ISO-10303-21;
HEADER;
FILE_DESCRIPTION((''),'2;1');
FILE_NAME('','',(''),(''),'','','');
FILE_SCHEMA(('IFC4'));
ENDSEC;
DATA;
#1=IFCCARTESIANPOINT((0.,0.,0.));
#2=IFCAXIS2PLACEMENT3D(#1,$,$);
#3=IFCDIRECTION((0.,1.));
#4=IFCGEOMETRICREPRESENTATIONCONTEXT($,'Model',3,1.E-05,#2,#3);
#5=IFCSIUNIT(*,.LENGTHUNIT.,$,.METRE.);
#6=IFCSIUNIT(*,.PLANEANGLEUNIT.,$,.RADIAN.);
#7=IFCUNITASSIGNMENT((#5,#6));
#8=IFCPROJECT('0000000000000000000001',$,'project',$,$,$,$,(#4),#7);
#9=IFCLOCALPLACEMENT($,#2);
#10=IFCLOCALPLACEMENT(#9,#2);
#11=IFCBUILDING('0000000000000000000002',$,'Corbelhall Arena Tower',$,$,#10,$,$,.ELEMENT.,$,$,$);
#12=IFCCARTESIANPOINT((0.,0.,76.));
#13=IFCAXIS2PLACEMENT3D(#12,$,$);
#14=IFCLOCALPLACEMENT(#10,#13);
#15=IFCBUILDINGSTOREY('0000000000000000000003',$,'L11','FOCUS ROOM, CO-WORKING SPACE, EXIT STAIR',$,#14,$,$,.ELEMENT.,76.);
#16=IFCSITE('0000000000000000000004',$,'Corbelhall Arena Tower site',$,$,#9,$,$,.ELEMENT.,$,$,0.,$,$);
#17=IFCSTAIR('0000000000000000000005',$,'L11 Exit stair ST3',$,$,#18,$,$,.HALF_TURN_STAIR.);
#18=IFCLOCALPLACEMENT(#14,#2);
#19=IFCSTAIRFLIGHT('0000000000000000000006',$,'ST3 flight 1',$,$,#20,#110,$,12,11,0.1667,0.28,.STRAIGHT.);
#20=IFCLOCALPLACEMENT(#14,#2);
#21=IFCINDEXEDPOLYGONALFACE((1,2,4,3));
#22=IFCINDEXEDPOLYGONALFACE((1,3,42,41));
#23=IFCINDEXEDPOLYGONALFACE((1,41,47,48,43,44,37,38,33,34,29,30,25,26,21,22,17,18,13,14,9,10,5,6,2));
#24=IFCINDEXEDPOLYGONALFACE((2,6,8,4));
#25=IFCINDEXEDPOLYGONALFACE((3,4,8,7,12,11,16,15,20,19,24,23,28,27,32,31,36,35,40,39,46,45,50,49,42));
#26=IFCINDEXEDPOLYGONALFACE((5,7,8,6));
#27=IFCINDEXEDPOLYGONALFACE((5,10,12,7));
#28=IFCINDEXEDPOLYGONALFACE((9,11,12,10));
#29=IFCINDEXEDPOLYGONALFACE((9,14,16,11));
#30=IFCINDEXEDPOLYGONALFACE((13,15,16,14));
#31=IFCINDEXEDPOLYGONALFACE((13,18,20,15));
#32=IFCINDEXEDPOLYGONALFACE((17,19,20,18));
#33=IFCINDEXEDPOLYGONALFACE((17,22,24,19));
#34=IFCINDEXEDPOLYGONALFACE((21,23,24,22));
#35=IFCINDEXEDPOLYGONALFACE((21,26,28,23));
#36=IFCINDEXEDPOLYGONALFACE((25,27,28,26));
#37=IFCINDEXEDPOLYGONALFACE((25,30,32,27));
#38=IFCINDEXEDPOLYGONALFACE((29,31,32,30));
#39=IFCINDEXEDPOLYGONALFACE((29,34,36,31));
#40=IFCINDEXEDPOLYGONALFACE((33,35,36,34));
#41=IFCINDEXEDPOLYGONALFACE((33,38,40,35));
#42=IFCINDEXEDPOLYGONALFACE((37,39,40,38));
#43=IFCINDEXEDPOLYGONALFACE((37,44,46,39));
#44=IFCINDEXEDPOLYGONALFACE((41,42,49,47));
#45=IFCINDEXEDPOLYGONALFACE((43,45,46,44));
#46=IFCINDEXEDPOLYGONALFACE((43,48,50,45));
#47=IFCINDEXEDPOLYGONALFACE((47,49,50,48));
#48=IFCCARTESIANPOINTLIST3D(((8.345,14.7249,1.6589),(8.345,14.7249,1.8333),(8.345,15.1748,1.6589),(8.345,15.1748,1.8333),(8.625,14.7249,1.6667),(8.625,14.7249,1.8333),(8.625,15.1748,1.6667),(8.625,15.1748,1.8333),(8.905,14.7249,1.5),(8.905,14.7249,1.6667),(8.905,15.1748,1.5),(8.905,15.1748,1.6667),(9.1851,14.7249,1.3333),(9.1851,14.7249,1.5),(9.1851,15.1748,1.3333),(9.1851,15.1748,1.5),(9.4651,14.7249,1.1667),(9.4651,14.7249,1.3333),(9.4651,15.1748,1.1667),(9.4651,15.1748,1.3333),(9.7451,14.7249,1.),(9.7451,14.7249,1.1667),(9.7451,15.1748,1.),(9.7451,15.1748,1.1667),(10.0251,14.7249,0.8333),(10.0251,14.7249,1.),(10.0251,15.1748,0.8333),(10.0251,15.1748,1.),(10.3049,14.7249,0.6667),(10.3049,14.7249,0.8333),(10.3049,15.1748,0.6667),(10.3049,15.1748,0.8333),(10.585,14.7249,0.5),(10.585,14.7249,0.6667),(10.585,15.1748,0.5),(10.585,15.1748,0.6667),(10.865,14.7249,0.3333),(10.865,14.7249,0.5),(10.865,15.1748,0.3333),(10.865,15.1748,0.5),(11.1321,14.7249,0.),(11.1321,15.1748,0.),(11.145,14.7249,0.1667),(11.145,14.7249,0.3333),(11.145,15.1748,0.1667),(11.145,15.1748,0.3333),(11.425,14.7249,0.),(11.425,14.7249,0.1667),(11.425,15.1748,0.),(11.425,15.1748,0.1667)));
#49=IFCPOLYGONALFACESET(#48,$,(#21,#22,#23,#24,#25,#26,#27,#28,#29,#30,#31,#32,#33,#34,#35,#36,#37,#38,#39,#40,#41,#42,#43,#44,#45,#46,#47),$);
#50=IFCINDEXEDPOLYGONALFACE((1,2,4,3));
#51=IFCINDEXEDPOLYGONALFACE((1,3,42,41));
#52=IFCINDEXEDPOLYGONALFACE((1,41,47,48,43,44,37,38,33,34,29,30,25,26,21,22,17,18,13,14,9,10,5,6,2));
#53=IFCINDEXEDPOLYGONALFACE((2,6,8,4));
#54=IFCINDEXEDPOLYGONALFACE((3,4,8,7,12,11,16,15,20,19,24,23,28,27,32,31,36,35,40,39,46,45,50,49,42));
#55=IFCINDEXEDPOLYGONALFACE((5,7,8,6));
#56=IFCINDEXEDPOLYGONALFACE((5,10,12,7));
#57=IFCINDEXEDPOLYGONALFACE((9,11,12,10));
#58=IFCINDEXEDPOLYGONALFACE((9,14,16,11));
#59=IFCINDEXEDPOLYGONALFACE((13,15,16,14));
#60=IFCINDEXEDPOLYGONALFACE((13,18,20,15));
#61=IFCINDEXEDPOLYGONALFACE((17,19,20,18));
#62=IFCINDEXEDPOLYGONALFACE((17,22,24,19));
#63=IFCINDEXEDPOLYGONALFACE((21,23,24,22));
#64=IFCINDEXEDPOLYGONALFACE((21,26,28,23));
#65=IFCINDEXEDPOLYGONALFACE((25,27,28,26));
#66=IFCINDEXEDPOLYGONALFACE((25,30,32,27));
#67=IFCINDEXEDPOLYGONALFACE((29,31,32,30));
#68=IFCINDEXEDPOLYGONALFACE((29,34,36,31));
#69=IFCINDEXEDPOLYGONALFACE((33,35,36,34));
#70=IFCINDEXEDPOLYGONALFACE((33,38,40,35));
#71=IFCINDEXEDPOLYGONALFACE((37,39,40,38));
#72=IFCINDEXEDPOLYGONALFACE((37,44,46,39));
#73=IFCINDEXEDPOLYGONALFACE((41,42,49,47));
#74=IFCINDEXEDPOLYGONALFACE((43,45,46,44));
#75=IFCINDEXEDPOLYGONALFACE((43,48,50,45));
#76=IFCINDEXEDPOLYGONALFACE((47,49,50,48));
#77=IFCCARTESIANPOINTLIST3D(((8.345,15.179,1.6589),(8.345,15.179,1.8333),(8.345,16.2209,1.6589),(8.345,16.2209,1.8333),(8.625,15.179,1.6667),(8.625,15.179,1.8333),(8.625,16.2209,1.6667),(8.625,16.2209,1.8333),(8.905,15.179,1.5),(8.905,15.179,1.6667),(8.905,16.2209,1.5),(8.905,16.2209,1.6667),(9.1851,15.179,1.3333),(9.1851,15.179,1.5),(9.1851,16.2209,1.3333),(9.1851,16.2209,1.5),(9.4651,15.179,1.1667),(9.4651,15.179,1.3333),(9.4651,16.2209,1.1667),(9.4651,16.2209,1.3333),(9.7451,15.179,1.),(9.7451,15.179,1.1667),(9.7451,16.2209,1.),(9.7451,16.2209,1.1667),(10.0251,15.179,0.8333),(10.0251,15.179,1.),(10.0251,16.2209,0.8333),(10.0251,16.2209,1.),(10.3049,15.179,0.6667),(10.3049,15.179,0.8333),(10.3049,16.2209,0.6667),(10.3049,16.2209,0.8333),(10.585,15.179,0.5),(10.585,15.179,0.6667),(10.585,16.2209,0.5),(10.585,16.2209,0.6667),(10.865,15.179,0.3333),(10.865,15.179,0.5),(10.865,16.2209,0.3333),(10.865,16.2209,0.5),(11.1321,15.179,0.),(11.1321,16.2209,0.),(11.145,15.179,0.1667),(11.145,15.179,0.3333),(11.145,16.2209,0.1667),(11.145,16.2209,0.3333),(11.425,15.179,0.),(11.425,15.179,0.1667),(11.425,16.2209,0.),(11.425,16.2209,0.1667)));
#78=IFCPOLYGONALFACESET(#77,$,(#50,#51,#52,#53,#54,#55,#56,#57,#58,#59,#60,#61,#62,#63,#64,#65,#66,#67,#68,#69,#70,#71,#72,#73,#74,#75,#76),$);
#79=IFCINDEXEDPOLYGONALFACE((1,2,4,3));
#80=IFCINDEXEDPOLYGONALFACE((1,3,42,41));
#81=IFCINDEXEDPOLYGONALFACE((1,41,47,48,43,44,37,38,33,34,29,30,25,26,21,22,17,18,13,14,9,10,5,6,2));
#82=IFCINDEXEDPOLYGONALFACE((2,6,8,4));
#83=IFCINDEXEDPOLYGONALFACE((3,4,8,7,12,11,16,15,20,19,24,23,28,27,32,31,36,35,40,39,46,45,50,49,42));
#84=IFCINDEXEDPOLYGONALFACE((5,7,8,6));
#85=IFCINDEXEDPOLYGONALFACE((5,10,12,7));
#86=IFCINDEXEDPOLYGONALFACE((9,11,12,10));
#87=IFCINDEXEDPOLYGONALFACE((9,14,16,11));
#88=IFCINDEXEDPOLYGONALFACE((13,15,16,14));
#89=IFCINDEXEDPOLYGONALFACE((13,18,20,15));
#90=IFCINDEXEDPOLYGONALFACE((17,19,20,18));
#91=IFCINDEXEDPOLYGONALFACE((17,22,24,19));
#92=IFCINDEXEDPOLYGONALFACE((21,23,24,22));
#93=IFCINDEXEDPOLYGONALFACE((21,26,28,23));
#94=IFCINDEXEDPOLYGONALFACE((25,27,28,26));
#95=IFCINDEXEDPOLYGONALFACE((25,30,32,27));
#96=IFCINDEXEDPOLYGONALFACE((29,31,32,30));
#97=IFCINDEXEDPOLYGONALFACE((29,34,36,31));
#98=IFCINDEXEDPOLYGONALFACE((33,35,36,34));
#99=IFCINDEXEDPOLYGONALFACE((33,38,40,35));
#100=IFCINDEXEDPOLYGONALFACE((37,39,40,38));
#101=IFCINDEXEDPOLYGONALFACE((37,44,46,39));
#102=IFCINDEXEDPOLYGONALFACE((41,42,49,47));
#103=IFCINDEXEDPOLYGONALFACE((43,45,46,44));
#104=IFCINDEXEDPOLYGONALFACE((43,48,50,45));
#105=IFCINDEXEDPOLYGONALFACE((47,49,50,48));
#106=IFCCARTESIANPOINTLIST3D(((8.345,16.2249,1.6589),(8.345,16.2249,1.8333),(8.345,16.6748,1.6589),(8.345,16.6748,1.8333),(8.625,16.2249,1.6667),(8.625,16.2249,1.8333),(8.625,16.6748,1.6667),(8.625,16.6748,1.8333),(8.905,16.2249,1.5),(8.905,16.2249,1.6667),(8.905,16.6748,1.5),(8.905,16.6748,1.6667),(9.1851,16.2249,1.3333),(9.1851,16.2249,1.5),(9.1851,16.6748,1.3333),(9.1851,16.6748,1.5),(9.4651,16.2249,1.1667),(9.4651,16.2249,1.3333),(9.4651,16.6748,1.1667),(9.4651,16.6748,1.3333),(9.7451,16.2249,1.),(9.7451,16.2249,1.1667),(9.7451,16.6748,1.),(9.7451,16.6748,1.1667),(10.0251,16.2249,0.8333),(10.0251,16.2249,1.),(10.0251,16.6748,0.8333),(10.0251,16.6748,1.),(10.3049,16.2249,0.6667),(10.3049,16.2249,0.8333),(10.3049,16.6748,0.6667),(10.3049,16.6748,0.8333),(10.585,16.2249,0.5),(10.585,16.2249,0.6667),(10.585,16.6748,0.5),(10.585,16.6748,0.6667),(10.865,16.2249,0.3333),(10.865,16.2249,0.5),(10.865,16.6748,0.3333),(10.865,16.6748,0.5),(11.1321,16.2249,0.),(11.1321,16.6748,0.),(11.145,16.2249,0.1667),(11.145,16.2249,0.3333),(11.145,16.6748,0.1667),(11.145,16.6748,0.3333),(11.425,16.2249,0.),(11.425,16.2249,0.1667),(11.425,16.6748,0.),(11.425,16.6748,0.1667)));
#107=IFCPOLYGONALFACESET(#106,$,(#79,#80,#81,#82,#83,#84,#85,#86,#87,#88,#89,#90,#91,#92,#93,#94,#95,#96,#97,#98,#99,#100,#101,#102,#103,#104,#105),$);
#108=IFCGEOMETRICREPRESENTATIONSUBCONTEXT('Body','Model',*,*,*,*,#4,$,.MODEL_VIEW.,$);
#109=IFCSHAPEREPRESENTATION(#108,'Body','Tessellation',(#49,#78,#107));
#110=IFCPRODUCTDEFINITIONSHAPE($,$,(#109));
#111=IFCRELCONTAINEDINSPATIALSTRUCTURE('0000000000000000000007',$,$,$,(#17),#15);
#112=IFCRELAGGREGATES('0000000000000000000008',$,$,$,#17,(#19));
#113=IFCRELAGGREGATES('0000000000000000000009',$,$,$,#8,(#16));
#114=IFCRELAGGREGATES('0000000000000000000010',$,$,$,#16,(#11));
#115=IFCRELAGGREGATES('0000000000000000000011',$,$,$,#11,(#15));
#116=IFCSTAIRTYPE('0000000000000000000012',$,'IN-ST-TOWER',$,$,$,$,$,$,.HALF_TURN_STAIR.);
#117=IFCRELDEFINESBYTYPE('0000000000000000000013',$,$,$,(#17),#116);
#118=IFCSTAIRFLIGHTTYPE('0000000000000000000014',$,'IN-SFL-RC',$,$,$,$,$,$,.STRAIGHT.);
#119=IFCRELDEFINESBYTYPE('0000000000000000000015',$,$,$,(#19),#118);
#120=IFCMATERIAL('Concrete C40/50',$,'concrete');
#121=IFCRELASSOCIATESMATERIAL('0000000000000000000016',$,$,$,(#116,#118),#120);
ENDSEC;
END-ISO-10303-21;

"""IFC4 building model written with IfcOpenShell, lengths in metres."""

from ifc_helpers import new_model, si_unit, direction, frame, origin, place, context, subcontext, project, spatial, polyline, outline, extrude, material, type_object, element, aggregate, save


model = new_model("IFC4")

# Units and contexts
model_context = context("Model", 3, precision=1e-05, world=origin(), true_north=direction((0.0, 1.0)))
body_context = subcontext(model_context, "Body", "Model", "MODEL_VIEW")
ifc_project = project(units=[si_unit("LENGTHUNIT", "METRE"), si_unit("PLANEANGLEUNIT", "RADIAN")], contexts=[model_context])

# Site, building, storey
site_placement = place(None, origin())
site = spatial("IfcSite", under=ifc_project, at=site_placement, Name="Corbelhall Arena Tower site", CompositionType="ELEMENT", RefElevation=0.0)
building_placement = place(site_placement, origin())
building = spatial("IfcBuilding", under=site, at=building_placement, Name="Corbelhall Arena Tower", CompositionType="ELEMENT")
storey_placement = place(building_placement, frame((0.0, 0.0, 76.0)))
storey = spatial("IfcBuildingStorey", under=building, at=storey_placement, Name="L11", Description="FOCUS ROOM, CO-WORKING SPACE, EXIT STAIR", CompositionType="ELEMENT", Elevation=76.0)

# Shared definitions
ifc_material_1 = material(Name="Concrete C40/50", Category="concrete")

# Stair, stair flight
stair_type = type_object("IfcStairType", Name="IN-ST-TOWER", PredefinedType="HALF_TURN_STAIR", material=ifc_material_1)
stair_placement = place(storey_placement, origin())
stair = element("IfcStair", 1, at=stair_placement, inside=storey, type_object=stair_type, Name="L11 Exit stair ST3", PredefinedType="HALF_TURN_STAIR")
stair_flight_type = type_object("IfcStairFlightType", Name="IN-SFL-RC", PredefinedType="STRAIGHT", material=ifc_material_1)
stair_flight_1_placement = place(storey_placement, frame((11.425, 15.7, 0.0), z_axis=(0.0, 0.0, 1.0), x_axis=(-1.0, 0.0, 0.0)))
stair_flight_1 = element("IfcStairFlight", 2, at=stair_flight_1_placement, type_object=stair_flight_type, Name="ST3 flight 1", NumberOfRisers=12, NumberOfTreads=11, PredefinedType="STRAIGHT", RiserHeight=0.1667, TreadLength=0.28, context=body_context, shape_type="SweptSolid", body=[
    extrude(outline(polyline([(0.0, 0.0), (0.0, 0.1667), (0.28, 0.1667), (0.28, 0.3333), (0.5601, 0.3333), (0.5601, 0.5), (0.8401, 0.5), (0.8401, 0.6667), (1.1201, 0.6667), (1.1201, 0.8333), (1.3999, 0.8333), (1.3999, 1.0), (1.6799, 1.0), (1.6799, 1.1667), (1.96, 1.1667), (1.96, 1.3333), (2.24, 1.3333), (2.24, 1.5), (2.52, 1.5), (2.52, 1.6667), (2.8, 1.6667), (2.8, 1.8333), (3.0801, 1.8333), (3.0801, 2.0), (3.0801, 1.6589), (0.293, 0.0), (0.0, 0.0)])), frame((0.0, 0.9751, 0.0), z_axis=(0.0, -1.0, 0.0), x_axis=(1.0, 0.0, 0.0)), (0.0, 0.0, 1.0), 0.45),
    extrude(outline(polyline([(0.0, 0.0), (0.0, 0.1667), (0.28, 0.1667), (0.28, 0.3333), (0.5601, 0.3333), (0.5601, 0.5), (0.8401, 0.5), (0.8401, 0.6667), (1.1201, 0.6667), (1.1201, 0.8333), (1.3999, 0.8333), (1.3999, 1.0), (1.6799, 1.0), (1.6799, 1.1667), (1.96, 1.1667), (1.96, 1.3333), (2.24, 1.3333), (2.24, 1.5), (2.52, 1.5), (2.52, 1.6667), (2.8, 1.6667), (2.8, 1.8333), (3.0801, 1.8333), (3.0801, 2.0), (3.0801, 1.6589), (0.293, 0.0), (0.0, 0.0)])), frame((0.0, 0.521, 0.0), z_axis=(0.0, -1.0, 0.0), x_axis=(1.0, 0.0, 0.0)), (0.0, 0.0, 1.0), 1.042),
    extrude(outline(polyline([(0.0, 0.0), (0.0, 0.1667), (0.28, 0.1667), (0.28, 0.3333), (0.5601, 0.3333), (0.5601, 0.5), (0.8401, 0.5), (0.8401, 0.6667), (1.1201, 0.6667), (1.1201, 0.8333), (1.3999, 0.8333), (1.3999, 1.0), (1.6799, 1.0), (1.6799, 1.1667), (1.96, 1.1667), (1.96, 1.3333), (2.24, 1.3333), (2.24, 1.5), (2.52, 1.5), (2.52, 1.6667), (2.8, 1.6667), (2.8, 1.8333), (3.0801, 1.8333), (3.0801, 2.0), (3.0801, 1.6589), (0.293, 0.0), (0.0, 0.0)])), frame((0.0, -0.5249, 0.0), z_axis=(0.0, -1.0, 0.0), x_axis=(1.0, 0.0, 0.0)), (0.0, 0.0, 1.0), 0.45),
])
aggregate(stair, [stair_flight_1])

save(model, "model.ifc")
